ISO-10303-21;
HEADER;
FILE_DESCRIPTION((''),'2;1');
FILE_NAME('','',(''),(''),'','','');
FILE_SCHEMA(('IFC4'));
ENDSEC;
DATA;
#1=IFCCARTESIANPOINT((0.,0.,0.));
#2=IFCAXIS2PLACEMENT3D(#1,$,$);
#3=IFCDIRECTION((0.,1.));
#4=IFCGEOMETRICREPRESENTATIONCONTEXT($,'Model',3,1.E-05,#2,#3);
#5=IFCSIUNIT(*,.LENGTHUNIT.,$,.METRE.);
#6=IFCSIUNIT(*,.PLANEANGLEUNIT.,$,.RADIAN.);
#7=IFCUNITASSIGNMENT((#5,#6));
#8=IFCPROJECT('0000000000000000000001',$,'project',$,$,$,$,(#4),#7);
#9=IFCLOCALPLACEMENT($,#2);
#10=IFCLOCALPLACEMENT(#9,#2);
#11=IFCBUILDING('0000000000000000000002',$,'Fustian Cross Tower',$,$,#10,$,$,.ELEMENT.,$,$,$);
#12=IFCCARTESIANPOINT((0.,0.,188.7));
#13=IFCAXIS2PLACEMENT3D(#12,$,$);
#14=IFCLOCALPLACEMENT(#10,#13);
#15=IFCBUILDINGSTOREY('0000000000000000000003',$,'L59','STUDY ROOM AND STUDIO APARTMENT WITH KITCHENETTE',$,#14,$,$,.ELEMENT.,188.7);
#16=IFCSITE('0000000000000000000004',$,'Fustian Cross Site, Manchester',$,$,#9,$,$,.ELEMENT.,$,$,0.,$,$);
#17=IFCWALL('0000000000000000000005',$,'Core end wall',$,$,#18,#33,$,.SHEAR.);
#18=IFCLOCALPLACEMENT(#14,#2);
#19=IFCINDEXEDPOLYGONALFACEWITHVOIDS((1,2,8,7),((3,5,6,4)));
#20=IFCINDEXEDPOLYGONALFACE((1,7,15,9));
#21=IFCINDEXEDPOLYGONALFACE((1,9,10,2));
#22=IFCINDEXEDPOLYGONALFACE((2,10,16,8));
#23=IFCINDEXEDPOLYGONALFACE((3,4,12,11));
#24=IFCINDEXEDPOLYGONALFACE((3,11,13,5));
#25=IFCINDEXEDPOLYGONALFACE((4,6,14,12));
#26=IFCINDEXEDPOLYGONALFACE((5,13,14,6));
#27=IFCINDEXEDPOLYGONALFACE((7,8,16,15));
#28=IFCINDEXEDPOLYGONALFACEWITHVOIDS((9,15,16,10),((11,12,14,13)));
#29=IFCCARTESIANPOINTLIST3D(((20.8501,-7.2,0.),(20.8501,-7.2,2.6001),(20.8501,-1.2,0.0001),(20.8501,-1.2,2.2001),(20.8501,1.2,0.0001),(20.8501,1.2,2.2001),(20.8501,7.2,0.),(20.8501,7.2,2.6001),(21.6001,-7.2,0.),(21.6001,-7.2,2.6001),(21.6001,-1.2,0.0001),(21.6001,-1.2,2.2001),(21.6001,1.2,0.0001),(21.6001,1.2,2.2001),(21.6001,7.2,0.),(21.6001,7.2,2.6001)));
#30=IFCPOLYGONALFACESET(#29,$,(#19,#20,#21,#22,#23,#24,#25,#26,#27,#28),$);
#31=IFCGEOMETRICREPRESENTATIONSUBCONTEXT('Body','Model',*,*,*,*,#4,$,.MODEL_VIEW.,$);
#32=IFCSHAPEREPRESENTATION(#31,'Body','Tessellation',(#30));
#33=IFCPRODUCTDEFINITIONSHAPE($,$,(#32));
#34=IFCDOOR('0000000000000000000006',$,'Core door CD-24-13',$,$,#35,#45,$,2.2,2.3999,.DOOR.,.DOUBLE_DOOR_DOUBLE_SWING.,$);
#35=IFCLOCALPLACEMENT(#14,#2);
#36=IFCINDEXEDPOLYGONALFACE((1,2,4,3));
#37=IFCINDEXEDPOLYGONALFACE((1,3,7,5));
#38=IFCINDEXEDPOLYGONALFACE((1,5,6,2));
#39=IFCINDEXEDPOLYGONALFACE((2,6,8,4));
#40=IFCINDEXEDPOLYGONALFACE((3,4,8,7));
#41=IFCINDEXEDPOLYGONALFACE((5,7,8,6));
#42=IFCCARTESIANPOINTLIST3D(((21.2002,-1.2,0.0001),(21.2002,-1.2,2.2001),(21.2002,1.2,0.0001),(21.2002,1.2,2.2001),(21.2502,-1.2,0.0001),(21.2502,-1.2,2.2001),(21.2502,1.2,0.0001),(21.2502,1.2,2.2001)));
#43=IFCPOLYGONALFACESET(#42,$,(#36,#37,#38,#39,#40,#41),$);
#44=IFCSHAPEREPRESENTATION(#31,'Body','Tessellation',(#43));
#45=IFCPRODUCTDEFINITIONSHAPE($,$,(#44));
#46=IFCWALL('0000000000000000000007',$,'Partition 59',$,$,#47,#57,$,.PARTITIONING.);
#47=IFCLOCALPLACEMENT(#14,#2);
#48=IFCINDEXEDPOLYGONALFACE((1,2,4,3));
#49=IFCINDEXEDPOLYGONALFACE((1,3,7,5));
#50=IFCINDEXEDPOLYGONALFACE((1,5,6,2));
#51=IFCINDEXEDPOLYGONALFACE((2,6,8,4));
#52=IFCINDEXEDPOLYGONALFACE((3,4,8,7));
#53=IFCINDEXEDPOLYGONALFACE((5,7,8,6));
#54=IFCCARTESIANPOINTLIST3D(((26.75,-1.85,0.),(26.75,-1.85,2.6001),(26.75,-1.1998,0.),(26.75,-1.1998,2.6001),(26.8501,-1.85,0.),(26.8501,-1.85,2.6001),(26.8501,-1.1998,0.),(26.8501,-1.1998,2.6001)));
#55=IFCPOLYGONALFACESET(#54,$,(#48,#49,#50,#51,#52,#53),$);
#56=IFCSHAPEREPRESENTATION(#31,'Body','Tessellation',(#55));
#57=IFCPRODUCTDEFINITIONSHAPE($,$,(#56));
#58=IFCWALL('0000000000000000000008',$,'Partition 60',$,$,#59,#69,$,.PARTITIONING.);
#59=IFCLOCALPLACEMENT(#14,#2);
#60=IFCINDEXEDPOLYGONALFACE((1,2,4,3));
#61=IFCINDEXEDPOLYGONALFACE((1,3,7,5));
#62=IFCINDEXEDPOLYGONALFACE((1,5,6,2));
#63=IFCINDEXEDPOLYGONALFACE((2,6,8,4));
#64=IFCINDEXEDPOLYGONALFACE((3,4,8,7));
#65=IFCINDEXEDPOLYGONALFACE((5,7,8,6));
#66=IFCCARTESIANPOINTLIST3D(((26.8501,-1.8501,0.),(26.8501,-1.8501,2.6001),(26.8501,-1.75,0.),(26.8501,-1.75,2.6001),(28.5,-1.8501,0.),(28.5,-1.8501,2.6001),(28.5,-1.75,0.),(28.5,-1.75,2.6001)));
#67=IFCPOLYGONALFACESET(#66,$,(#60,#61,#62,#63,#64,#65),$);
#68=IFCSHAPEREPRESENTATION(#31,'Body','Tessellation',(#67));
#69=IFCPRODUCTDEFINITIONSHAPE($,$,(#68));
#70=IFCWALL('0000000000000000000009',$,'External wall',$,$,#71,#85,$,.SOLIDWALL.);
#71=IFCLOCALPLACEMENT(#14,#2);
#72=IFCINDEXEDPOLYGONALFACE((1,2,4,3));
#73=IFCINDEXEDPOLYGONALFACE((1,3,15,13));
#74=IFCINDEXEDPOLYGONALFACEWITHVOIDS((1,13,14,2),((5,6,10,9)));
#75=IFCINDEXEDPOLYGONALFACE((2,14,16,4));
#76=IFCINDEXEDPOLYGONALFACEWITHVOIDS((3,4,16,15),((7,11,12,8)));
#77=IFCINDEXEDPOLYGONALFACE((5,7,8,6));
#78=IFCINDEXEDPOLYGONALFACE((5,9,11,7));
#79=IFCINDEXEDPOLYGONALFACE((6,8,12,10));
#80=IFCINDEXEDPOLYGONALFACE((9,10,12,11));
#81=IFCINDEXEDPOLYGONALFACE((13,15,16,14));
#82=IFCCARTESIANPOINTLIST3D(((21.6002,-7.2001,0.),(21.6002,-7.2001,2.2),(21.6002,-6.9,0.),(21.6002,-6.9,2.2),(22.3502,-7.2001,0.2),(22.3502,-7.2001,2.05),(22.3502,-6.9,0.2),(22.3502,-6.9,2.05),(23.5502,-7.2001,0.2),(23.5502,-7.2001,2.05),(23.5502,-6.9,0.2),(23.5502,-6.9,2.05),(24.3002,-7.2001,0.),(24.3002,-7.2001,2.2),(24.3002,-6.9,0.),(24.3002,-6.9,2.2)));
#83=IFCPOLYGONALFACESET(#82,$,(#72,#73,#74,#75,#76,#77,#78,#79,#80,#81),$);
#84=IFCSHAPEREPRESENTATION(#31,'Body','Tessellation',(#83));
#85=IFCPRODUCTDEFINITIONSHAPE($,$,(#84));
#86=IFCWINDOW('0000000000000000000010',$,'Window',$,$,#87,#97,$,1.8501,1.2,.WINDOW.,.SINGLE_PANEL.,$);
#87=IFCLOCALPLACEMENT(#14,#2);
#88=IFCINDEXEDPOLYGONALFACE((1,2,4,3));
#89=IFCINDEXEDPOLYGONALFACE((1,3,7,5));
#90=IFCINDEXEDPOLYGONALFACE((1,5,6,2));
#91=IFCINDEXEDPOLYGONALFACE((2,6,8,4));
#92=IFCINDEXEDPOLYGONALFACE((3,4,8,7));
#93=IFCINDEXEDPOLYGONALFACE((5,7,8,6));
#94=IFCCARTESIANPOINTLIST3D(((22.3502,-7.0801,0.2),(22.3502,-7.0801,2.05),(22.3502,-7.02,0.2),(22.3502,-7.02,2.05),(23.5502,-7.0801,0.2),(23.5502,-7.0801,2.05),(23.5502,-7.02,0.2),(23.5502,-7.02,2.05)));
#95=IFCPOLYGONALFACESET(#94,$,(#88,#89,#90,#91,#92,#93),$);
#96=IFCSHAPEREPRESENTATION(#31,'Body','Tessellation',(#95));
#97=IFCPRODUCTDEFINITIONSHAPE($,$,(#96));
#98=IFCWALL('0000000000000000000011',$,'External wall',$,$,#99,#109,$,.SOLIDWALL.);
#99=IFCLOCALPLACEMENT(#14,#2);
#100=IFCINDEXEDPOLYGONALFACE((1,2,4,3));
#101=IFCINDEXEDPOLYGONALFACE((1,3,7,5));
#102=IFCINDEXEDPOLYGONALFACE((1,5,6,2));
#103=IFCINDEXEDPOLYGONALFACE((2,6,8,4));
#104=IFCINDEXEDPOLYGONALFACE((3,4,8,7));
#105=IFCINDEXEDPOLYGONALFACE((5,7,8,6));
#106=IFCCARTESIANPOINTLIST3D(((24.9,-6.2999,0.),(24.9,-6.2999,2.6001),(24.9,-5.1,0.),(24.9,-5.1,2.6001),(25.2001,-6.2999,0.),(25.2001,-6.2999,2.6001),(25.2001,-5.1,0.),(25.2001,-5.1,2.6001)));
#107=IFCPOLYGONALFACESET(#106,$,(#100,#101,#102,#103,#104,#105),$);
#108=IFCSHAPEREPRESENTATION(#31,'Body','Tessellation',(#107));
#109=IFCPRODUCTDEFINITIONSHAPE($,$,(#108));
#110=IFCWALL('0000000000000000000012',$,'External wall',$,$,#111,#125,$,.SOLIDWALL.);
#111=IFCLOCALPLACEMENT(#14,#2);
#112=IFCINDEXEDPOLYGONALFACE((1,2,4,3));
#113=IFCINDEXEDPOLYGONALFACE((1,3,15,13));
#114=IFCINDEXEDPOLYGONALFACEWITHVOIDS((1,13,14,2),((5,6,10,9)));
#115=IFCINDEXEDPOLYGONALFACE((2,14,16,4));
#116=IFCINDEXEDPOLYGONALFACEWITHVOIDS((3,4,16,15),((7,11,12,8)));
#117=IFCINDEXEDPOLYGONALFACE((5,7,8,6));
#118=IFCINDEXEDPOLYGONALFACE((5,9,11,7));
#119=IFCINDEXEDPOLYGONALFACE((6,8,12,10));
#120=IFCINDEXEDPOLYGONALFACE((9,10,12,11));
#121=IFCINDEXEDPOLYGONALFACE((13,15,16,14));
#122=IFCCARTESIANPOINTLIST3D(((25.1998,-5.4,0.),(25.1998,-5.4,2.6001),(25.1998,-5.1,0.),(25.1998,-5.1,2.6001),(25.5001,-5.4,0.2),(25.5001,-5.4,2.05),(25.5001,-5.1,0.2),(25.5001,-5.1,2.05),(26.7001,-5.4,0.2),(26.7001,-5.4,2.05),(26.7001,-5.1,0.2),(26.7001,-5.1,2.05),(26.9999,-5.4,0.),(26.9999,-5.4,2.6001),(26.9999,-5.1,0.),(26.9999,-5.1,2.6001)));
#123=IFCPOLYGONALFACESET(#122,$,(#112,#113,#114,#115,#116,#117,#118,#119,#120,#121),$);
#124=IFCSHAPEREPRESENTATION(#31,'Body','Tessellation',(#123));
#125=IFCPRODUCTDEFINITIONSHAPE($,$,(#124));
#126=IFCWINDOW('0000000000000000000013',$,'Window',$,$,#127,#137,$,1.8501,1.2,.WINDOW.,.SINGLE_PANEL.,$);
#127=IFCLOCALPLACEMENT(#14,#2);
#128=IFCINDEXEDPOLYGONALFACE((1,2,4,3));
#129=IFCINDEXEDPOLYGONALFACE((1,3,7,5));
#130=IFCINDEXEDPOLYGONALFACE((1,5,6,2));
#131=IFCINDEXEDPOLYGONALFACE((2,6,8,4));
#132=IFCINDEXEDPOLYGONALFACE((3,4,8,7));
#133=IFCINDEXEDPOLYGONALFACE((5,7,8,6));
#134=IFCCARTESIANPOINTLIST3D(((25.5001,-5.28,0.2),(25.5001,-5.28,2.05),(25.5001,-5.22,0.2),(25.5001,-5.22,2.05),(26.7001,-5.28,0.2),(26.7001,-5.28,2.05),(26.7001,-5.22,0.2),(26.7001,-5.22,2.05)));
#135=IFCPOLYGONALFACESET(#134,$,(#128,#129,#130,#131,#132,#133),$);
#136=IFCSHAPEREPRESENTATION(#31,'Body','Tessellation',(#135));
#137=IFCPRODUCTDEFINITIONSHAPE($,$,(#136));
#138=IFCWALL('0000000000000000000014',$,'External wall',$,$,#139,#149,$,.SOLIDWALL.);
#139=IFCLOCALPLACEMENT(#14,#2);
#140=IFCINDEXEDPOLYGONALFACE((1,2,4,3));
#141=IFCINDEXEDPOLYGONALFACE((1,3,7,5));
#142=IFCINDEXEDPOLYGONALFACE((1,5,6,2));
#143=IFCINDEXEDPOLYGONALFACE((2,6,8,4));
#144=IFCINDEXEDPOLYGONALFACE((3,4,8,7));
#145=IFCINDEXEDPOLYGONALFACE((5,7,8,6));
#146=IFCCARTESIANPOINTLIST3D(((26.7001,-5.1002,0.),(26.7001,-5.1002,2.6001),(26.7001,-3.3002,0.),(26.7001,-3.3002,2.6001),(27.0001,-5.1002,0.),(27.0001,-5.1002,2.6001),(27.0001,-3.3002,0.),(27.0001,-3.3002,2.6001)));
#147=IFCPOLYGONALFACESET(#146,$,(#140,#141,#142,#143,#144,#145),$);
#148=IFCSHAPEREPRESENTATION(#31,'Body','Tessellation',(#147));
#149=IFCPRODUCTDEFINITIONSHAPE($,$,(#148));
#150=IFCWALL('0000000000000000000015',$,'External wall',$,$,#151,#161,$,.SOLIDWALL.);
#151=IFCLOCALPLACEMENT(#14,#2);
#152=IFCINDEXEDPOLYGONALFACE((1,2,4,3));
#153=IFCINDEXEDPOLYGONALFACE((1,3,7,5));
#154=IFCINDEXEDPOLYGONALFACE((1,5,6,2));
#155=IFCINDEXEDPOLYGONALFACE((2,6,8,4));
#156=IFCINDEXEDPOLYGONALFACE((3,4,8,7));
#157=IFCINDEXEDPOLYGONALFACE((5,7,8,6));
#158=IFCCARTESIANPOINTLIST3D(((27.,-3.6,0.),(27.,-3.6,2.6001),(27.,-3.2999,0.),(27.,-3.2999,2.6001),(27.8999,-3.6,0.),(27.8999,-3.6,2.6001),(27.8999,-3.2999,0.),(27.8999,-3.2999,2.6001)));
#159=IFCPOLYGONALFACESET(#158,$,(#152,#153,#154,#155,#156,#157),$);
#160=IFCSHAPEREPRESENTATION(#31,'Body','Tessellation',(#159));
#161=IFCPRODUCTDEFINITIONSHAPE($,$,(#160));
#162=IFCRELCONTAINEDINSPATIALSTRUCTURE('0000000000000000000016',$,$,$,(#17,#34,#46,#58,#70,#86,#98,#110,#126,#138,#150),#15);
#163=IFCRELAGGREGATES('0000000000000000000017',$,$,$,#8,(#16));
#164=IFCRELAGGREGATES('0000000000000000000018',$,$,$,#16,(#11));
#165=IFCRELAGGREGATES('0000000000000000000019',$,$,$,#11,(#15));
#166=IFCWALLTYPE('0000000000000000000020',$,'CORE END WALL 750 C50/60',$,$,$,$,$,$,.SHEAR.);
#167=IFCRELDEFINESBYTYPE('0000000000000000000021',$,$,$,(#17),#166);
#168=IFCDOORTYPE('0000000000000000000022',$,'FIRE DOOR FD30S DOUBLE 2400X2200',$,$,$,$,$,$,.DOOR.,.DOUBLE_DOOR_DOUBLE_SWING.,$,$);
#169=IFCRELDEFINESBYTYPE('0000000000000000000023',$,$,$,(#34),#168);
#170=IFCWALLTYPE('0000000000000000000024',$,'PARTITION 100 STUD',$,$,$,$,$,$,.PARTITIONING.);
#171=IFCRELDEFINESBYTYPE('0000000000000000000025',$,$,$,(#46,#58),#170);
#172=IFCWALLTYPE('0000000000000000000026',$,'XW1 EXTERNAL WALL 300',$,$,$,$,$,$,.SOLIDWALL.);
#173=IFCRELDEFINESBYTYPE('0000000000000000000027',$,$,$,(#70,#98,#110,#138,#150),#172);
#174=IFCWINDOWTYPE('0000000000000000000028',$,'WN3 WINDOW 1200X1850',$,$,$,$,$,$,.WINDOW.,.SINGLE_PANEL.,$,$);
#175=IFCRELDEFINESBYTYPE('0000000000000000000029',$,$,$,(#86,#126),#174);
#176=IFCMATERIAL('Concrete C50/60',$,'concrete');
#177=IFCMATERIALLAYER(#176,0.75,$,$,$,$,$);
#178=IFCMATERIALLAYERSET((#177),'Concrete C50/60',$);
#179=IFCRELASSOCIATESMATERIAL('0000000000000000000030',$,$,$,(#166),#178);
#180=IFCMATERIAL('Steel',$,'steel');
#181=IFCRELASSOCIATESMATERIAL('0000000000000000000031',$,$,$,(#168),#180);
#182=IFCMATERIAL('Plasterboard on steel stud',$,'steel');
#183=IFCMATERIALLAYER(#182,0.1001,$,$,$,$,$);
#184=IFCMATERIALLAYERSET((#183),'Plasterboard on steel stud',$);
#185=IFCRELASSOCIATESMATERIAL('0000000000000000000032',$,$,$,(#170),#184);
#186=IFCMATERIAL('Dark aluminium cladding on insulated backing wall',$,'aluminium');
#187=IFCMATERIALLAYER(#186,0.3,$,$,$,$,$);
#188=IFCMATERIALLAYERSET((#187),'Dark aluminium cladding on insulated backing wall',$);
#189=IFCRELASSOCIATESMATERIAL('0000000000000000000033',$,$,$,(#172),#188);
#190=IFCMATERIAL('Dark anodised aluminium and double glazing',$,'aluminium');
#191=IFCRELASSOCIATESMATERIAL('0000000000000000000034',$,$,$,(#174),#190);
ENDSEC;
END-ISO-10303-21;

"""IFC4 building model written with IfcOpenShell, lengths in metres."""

from ifc_helpers import new_model, si_unit, direction, frame, frame_2d, origin, place, context, subcontext, project, spatial, rectangle, extrude, material, layer, layer_set, type_object, element, fill, save


model = new_model("IFC4")

# Units and contexts
model_context = context("Model", 3, precision=1e-05, world=origin(), true_north=direction((0.0, 1.0)))
body_context = subcontext(model_context, "Body", "Model", "MODEL_VIEW")
ifc_project = project(units=[si_unit("LENGTHUNIT", "METRE"), si_unit("PLANEANGLEUNIT", "RADIAN")], contexts=[model_context])

# Site, building, storey
site_placement = place(None, origin())
site = spatial("IfcSite", under=ifc_project, at=site_placement, Name="Fustian Cross Site, Manchester", CompositionType="ELEMENT", RefElevation=0.0)
building_placement = place(site_placement, origin())
building = spatial("IfcBuilding", under=site, at=building_placement, Name="Fustian Cross Tower", CompositionType="ELEMENT")
storey_placement = place(building_placement, frame((0.0, 0.0, 188.7)))
storey = spatial("IfcBuildingStorey", under=building, at=storey_placement, Name="L59", Description="STUDY ROOM AND STUDIO APARTMENT WITH KITCHENETTE", CompositionType="ELEMENT", Elevation=188.7)

# Wall, opening, door
ifc_material_1 = material(Name="Concrete C50/60", Category="concrete")
ifc_layer_1 = layer(ifc_material_1, 0.75)
ifc_layer_set_1 = layer_set([ifc_layer_1], Name="Concrete C50/60")
wall_type_1 = type_object("IfcWallType", Name="CORE END WALL 750 C50/60", PredefinedType="SHEAR", material=ifc_layer_set_1)
wall_1_placement = place(storey_placement, frame((21.2251, -7.2, 0.0), z_axis=(0.0, 0.0, 1.0), x_axis=(0.0, 1.0, 0.0)))
wall_1 = element("IfcWall", 1, at=wall_1_placement, inside=storey, type_object=wall_type_1, Name="Core end wall", PredefinedType="SHEAR", context=body_context, shape_type="SweptSolid", body=[
    extrude(rectangle(XDim=14.3999, YDim=0.75, at=frame_2d((7.2, 0.0))), origin(), (0.0, 0.0, 1.0), 2.6001),
])
opening_1_placement = place(wall_1_placement, frame((6.0, 0.0, 0.0)))
opening_1 = element("IfcOpeningElement", 2, at=opening_1_placement, cuts=wall_1, PredefinedType="OPENING", context=body_context, shape_type="SweptSolid", body=[
    extrude(rectangle(XDim=2.3999, YDim=2.2, at=frame_2d((1.2, 1.1001))), frame((0.0, 0.385, 0.0), z_axis=(0.0, -1.0, 0.0), x_axis=(1.0, 0.0, 0.0)), (0.0, 0.0, 1.0), 0.77),
])
ifc_material_2 = material(Name="Steel", Category="steel")
door_type_1 = type_object("IfcDoorType", Name="FIRE DOOR FD30S DOUBLE 2400X2200", OperationType="DOUBLE_DOOR_DOUBLE_SWING", PredefinedType="DOOR", material=ifc_material_2)
door_1_placement = place(opening_1_placement, origin())
door_1 = element("IfcDoor", 3, at=door_1_placement, inside=storey, type_object=door_type_1, Name="Core door CD-24-13", OperationType="DOUBLE_DOOR_DOUBLE_SWING", OverallHeight=2.2, OverallWidth=2.3999, PredefinedType="DOOR", context=body_context, shape_type="SweptSolid", body=[
    extrude(rectangle(XDim=2.3999, YDim=2.2, at=frame_2d((1.2, 1.1001))), frame((0.0, 0.0249, 0.0), z_axis=(0.0, -1.0, 0.0), x_axis=(1.0, 0.0, 0.0)), (0.0, 0.0, 1.0), 0.05),
])
fill(opening_1, door_1)

# Walls
ifc_material_3 = material(Name="Plasterboard on steel stud", Category="steel")
ifc_layer_2 = layer(ifc_material_3, 0.1001)
ifc_layer_set_2 = layer_set([ifc_layer_2], Name="Plasterboard on steel stud")
wall_type_2 = type_object("IfcWallType", Name="PARTITION 100 STUD", PredefinedType="PARTITIONING", material=ifc_layer_set_2)
wall_2_placement = place(storey_placement, frame((26.8, -1.8501, 0.0), z_axis=(0.0, 0.0, 1.0), x_axis=(0.0, 1.0, 0.0)))
element("IfcWall", 4, at=wall_2_placement, inside=storey, type_object=wall_type_2, Name="Partition 59", PredefinedType="PARTITIONING", context=body_context, shape_type="SweptSolid", body=[
    extrude(rectangle(XDim=0.6501, YDim=0.1001, at=frame_2d((0.3252, 0.0))), origin(), (0.0, 0.0, 1.0), 2.6001),
])
wall_3_placement = place(storey_placement, frame((26.8501, -1.8, 0.0), z_axis=(0.0, 0.0, 1.0), x_axis=(1.0, 0.0, 0.0)))
element("IfcWall", 5, at=wall_3_placement, inside=storey, type_object=wall_type_2, Name="Partition 60", PredefinedType="PARTITIONING", context=body_context, shape_type="SweptSolid", body=[
    extrude(rectangle(XDim=1.6499, YDim=0.1001, at=frame_2d((0.825, 0.0))), origin(), (0.0, 0.0, 1.0), 2.6001),
])

# Wall, opening, window
ifc_material_4 = material(Name="Dark aluminium cladding on insulated backing wall", Category="aluminium")
ifc_layer_3 = layer(ifc_material_4, 0.3)
ifc_layer_set_3 = layer_set([ifc_layer_3], Name="Dark aluminium cladding on insulated backing wall")
wall_type_3 = type_object("IfcWallType", Name="XW1 EXTERNAL WALL 300", PredefinedType="SOLIDWALL", material=ifc_layer_set_3)
wall_4_placement = place(storey_placement, frame((21.6001, -7.05, 0.0), z_axis=(0.0, 0.0, 1.0), x_axis=(1.0, 0.0, 0.0)))
wall_4 = element("IfcWall", 6, at=wall_4_placement, inside=storey, type_object=wall_type_3, Name="External wall", PredefinedType="SOLIDWALL", context=body_context, shape_type="SweptSolid", body=[
    extrude(rectangle(XDim=2.7, YDim=0.3, at=frame_2d((1.3501, 0.0))), origin(), (0.0, 0.0, 1.0), 2.2),
])
opening_2_placement = place(wall_4_placement, frame((0.75, 0.0, 0.2)))
opening_2 = element("IfcOpeningElement", 7, at=opening_2_placement, cuts=wall_4, PredefinedType="OPENING", context=body_context, shape_type="SweptSolid", body=[
    extrude(rectangle(XDim=1.2, YDim=1.8501, at=frame_2d((0.6001, 0.925))), frame((0.0, 0.1599, 0.0), z_axis=(0.0, -1.0, 0.0), x_axis=(1.0, 0.0, 0.0)), (0.0, 0.0, 1.0), 0.3201),
])
ifc_material_5 = material(Name="Dark anodised aluminium and double glazing", Category="aluminium")
window_type_1 = type_object("IfcWindowType", Name="WN3 WINDOW 1200X1850", PartitioningType="SINGLE_PANEL", PredefinedType="WINDOW", material=ifc_material_5)
window_1_placement = place(opening_2_placement, origin())
window_1 = element("IfcWindow", 8, at=window_1_placement, inside=storey, type_object=window_type_1, Name="Window", OverallHeight=1.8501, OverallWidth=1.2, PartitioningType="SINGLE_PANEL", PredefinedType="WINDOW", context=body_context, shape_type="SweptSolid", body=[
    extrude(rectangle(XDim=1.2, YDim=1.8501, at=frame_2d((0.6001, 0.925))), frame((0.0, 0.03, 0.0), z_axis=(0.0, -1.0, 0.0), x_axis=(1.0, 0.0, 0.0)), (0.0, 0.0, 1.0), 0.0601),
])
fill(opening_2, window_1)

# Wall
wall_5_placement = place(storey_placement, frame((25.05, -6.3, 0.0), z_axis=(0.0, 0.0, 1.0), x_axis=(0.0, 1.0, 0.0)))
element("IfcWall", 9, at=wall_5_placement, inside=storey, type_object=wall_type_3, Name="External wall", PredefinedType="SOLIDWALL", context=body_context, shape_type="SweptSolid", body=[
    extrude(rectangle(XDim=1.2, YDim=0.3, at=frame_2d((0.6001, 0.0))), origin(), (0.0, 0.0, 1.0), 2.6001),
])

# Wall, opening, window
wall_6_placement = place(storey_placement, frame((25.2, -5.25, 0.0), z_axis=(0.0, 0.0, 1.0), x_axis=(1.0, 0.0, 0.0)))
wall_6 = element("IfcWall", 10, at=wall_6_placement, inside=storey, type_object=wall_type_3, Name="External wall", PredefinedType="SOLIDWALL", context=body_context, shape_type="SweptSolid", body=[
    extrude(rectangle(XDim=1.8, YDim=0.3, at=frame_2d((0.8999, 0.0))), origin(), (0.0, 0.0, 1.0), 2.6001),
])
opening_3_placement = place(wall_6_placement, frame((0.3, 0.0, 0.2)))
opening_3 = element("IfcOpeningElement", 11, at=opening_3_placement, cuts=wall_6, PredefinedType="OPENING", context=body_context, shape_type="SweptSolid", body=[
    extrude(rectangle(XDim=1.2, YDim=1.8501, at=frame_2d((0.6001, 0.925))), frame((0.0, 0.1599, 0.0), z_axis=(0.0, -1.0, 0.0), x_axis=(1.0, 0.0, 0.0)), (0.0, 0.0, 1.0), 0.3201),
])
window_2_placement = place(opening_3_placement, origin())
window_2 = element("IfcWindow", 12, at=window_2_placement, inside=storey, type_object=window_type_1, Name="Window", OverallHeight=1.8501, OverallWidth=1.2, PartitioningType="SINGLE_PANEL", PredefinedType="WINDOW", context=body_context, shape_type="SweptSolid", body=[
    extrude(rectangle(XDim=1.2, YDim=1.8501, at=frame_2d((0.6001, 0.925))), frame((0.0, 0.03, 0.0), z_axis=(0.0, -1.0, 0.0), x_axis=(1.0, 0.0, 0.0)), (0.0, 0.0, 1.0), 0.0601),
])
fill(opening_3, window_2)

# Walls
wall_7_placement = place(storey_placement, frame((26.8501, -5.1001, 0.0), z_axis=(0.0, 0.0, 1.0), x_axis=(0.0, 1.0, 0.0)))
element("IfcWall", 13, at=wall_7_placement, inside=storey, type_object=wall_type_3, Name="External wall", PredefinedType="SOLIDWALL", context=body_context, shape_type="SweptSolid", body=[
    extrude(rectangle(XDim=1.8, YDim=0.3, at=frame_2d((0.8999, 0.0))), origin(), (0.0, 0.0, 1.0), 2.6001),
])
wall_8_placement = place(storey_placement, frame((27.0, -3.45, 0.0), z_axis=(0.0, 0.0, 1.0), x_axis=(1.0, 0.0, 0.0)))
element("IfcWall", 14, at=wall_8_placement, inside=storey, type_object=wall_type_3, Name="External wall", PredefinedType="SOLIDWALL", context=body_context, shape_type="SweptSolid", body=[
    extrude(rectangle(XDim=0.8999, YDim=0.3, at=frame_2d((0.45, 0.0))), origin(), (0.0, 0.0, 1.0), 2.6001),
])

save(model, "model.ifc")
